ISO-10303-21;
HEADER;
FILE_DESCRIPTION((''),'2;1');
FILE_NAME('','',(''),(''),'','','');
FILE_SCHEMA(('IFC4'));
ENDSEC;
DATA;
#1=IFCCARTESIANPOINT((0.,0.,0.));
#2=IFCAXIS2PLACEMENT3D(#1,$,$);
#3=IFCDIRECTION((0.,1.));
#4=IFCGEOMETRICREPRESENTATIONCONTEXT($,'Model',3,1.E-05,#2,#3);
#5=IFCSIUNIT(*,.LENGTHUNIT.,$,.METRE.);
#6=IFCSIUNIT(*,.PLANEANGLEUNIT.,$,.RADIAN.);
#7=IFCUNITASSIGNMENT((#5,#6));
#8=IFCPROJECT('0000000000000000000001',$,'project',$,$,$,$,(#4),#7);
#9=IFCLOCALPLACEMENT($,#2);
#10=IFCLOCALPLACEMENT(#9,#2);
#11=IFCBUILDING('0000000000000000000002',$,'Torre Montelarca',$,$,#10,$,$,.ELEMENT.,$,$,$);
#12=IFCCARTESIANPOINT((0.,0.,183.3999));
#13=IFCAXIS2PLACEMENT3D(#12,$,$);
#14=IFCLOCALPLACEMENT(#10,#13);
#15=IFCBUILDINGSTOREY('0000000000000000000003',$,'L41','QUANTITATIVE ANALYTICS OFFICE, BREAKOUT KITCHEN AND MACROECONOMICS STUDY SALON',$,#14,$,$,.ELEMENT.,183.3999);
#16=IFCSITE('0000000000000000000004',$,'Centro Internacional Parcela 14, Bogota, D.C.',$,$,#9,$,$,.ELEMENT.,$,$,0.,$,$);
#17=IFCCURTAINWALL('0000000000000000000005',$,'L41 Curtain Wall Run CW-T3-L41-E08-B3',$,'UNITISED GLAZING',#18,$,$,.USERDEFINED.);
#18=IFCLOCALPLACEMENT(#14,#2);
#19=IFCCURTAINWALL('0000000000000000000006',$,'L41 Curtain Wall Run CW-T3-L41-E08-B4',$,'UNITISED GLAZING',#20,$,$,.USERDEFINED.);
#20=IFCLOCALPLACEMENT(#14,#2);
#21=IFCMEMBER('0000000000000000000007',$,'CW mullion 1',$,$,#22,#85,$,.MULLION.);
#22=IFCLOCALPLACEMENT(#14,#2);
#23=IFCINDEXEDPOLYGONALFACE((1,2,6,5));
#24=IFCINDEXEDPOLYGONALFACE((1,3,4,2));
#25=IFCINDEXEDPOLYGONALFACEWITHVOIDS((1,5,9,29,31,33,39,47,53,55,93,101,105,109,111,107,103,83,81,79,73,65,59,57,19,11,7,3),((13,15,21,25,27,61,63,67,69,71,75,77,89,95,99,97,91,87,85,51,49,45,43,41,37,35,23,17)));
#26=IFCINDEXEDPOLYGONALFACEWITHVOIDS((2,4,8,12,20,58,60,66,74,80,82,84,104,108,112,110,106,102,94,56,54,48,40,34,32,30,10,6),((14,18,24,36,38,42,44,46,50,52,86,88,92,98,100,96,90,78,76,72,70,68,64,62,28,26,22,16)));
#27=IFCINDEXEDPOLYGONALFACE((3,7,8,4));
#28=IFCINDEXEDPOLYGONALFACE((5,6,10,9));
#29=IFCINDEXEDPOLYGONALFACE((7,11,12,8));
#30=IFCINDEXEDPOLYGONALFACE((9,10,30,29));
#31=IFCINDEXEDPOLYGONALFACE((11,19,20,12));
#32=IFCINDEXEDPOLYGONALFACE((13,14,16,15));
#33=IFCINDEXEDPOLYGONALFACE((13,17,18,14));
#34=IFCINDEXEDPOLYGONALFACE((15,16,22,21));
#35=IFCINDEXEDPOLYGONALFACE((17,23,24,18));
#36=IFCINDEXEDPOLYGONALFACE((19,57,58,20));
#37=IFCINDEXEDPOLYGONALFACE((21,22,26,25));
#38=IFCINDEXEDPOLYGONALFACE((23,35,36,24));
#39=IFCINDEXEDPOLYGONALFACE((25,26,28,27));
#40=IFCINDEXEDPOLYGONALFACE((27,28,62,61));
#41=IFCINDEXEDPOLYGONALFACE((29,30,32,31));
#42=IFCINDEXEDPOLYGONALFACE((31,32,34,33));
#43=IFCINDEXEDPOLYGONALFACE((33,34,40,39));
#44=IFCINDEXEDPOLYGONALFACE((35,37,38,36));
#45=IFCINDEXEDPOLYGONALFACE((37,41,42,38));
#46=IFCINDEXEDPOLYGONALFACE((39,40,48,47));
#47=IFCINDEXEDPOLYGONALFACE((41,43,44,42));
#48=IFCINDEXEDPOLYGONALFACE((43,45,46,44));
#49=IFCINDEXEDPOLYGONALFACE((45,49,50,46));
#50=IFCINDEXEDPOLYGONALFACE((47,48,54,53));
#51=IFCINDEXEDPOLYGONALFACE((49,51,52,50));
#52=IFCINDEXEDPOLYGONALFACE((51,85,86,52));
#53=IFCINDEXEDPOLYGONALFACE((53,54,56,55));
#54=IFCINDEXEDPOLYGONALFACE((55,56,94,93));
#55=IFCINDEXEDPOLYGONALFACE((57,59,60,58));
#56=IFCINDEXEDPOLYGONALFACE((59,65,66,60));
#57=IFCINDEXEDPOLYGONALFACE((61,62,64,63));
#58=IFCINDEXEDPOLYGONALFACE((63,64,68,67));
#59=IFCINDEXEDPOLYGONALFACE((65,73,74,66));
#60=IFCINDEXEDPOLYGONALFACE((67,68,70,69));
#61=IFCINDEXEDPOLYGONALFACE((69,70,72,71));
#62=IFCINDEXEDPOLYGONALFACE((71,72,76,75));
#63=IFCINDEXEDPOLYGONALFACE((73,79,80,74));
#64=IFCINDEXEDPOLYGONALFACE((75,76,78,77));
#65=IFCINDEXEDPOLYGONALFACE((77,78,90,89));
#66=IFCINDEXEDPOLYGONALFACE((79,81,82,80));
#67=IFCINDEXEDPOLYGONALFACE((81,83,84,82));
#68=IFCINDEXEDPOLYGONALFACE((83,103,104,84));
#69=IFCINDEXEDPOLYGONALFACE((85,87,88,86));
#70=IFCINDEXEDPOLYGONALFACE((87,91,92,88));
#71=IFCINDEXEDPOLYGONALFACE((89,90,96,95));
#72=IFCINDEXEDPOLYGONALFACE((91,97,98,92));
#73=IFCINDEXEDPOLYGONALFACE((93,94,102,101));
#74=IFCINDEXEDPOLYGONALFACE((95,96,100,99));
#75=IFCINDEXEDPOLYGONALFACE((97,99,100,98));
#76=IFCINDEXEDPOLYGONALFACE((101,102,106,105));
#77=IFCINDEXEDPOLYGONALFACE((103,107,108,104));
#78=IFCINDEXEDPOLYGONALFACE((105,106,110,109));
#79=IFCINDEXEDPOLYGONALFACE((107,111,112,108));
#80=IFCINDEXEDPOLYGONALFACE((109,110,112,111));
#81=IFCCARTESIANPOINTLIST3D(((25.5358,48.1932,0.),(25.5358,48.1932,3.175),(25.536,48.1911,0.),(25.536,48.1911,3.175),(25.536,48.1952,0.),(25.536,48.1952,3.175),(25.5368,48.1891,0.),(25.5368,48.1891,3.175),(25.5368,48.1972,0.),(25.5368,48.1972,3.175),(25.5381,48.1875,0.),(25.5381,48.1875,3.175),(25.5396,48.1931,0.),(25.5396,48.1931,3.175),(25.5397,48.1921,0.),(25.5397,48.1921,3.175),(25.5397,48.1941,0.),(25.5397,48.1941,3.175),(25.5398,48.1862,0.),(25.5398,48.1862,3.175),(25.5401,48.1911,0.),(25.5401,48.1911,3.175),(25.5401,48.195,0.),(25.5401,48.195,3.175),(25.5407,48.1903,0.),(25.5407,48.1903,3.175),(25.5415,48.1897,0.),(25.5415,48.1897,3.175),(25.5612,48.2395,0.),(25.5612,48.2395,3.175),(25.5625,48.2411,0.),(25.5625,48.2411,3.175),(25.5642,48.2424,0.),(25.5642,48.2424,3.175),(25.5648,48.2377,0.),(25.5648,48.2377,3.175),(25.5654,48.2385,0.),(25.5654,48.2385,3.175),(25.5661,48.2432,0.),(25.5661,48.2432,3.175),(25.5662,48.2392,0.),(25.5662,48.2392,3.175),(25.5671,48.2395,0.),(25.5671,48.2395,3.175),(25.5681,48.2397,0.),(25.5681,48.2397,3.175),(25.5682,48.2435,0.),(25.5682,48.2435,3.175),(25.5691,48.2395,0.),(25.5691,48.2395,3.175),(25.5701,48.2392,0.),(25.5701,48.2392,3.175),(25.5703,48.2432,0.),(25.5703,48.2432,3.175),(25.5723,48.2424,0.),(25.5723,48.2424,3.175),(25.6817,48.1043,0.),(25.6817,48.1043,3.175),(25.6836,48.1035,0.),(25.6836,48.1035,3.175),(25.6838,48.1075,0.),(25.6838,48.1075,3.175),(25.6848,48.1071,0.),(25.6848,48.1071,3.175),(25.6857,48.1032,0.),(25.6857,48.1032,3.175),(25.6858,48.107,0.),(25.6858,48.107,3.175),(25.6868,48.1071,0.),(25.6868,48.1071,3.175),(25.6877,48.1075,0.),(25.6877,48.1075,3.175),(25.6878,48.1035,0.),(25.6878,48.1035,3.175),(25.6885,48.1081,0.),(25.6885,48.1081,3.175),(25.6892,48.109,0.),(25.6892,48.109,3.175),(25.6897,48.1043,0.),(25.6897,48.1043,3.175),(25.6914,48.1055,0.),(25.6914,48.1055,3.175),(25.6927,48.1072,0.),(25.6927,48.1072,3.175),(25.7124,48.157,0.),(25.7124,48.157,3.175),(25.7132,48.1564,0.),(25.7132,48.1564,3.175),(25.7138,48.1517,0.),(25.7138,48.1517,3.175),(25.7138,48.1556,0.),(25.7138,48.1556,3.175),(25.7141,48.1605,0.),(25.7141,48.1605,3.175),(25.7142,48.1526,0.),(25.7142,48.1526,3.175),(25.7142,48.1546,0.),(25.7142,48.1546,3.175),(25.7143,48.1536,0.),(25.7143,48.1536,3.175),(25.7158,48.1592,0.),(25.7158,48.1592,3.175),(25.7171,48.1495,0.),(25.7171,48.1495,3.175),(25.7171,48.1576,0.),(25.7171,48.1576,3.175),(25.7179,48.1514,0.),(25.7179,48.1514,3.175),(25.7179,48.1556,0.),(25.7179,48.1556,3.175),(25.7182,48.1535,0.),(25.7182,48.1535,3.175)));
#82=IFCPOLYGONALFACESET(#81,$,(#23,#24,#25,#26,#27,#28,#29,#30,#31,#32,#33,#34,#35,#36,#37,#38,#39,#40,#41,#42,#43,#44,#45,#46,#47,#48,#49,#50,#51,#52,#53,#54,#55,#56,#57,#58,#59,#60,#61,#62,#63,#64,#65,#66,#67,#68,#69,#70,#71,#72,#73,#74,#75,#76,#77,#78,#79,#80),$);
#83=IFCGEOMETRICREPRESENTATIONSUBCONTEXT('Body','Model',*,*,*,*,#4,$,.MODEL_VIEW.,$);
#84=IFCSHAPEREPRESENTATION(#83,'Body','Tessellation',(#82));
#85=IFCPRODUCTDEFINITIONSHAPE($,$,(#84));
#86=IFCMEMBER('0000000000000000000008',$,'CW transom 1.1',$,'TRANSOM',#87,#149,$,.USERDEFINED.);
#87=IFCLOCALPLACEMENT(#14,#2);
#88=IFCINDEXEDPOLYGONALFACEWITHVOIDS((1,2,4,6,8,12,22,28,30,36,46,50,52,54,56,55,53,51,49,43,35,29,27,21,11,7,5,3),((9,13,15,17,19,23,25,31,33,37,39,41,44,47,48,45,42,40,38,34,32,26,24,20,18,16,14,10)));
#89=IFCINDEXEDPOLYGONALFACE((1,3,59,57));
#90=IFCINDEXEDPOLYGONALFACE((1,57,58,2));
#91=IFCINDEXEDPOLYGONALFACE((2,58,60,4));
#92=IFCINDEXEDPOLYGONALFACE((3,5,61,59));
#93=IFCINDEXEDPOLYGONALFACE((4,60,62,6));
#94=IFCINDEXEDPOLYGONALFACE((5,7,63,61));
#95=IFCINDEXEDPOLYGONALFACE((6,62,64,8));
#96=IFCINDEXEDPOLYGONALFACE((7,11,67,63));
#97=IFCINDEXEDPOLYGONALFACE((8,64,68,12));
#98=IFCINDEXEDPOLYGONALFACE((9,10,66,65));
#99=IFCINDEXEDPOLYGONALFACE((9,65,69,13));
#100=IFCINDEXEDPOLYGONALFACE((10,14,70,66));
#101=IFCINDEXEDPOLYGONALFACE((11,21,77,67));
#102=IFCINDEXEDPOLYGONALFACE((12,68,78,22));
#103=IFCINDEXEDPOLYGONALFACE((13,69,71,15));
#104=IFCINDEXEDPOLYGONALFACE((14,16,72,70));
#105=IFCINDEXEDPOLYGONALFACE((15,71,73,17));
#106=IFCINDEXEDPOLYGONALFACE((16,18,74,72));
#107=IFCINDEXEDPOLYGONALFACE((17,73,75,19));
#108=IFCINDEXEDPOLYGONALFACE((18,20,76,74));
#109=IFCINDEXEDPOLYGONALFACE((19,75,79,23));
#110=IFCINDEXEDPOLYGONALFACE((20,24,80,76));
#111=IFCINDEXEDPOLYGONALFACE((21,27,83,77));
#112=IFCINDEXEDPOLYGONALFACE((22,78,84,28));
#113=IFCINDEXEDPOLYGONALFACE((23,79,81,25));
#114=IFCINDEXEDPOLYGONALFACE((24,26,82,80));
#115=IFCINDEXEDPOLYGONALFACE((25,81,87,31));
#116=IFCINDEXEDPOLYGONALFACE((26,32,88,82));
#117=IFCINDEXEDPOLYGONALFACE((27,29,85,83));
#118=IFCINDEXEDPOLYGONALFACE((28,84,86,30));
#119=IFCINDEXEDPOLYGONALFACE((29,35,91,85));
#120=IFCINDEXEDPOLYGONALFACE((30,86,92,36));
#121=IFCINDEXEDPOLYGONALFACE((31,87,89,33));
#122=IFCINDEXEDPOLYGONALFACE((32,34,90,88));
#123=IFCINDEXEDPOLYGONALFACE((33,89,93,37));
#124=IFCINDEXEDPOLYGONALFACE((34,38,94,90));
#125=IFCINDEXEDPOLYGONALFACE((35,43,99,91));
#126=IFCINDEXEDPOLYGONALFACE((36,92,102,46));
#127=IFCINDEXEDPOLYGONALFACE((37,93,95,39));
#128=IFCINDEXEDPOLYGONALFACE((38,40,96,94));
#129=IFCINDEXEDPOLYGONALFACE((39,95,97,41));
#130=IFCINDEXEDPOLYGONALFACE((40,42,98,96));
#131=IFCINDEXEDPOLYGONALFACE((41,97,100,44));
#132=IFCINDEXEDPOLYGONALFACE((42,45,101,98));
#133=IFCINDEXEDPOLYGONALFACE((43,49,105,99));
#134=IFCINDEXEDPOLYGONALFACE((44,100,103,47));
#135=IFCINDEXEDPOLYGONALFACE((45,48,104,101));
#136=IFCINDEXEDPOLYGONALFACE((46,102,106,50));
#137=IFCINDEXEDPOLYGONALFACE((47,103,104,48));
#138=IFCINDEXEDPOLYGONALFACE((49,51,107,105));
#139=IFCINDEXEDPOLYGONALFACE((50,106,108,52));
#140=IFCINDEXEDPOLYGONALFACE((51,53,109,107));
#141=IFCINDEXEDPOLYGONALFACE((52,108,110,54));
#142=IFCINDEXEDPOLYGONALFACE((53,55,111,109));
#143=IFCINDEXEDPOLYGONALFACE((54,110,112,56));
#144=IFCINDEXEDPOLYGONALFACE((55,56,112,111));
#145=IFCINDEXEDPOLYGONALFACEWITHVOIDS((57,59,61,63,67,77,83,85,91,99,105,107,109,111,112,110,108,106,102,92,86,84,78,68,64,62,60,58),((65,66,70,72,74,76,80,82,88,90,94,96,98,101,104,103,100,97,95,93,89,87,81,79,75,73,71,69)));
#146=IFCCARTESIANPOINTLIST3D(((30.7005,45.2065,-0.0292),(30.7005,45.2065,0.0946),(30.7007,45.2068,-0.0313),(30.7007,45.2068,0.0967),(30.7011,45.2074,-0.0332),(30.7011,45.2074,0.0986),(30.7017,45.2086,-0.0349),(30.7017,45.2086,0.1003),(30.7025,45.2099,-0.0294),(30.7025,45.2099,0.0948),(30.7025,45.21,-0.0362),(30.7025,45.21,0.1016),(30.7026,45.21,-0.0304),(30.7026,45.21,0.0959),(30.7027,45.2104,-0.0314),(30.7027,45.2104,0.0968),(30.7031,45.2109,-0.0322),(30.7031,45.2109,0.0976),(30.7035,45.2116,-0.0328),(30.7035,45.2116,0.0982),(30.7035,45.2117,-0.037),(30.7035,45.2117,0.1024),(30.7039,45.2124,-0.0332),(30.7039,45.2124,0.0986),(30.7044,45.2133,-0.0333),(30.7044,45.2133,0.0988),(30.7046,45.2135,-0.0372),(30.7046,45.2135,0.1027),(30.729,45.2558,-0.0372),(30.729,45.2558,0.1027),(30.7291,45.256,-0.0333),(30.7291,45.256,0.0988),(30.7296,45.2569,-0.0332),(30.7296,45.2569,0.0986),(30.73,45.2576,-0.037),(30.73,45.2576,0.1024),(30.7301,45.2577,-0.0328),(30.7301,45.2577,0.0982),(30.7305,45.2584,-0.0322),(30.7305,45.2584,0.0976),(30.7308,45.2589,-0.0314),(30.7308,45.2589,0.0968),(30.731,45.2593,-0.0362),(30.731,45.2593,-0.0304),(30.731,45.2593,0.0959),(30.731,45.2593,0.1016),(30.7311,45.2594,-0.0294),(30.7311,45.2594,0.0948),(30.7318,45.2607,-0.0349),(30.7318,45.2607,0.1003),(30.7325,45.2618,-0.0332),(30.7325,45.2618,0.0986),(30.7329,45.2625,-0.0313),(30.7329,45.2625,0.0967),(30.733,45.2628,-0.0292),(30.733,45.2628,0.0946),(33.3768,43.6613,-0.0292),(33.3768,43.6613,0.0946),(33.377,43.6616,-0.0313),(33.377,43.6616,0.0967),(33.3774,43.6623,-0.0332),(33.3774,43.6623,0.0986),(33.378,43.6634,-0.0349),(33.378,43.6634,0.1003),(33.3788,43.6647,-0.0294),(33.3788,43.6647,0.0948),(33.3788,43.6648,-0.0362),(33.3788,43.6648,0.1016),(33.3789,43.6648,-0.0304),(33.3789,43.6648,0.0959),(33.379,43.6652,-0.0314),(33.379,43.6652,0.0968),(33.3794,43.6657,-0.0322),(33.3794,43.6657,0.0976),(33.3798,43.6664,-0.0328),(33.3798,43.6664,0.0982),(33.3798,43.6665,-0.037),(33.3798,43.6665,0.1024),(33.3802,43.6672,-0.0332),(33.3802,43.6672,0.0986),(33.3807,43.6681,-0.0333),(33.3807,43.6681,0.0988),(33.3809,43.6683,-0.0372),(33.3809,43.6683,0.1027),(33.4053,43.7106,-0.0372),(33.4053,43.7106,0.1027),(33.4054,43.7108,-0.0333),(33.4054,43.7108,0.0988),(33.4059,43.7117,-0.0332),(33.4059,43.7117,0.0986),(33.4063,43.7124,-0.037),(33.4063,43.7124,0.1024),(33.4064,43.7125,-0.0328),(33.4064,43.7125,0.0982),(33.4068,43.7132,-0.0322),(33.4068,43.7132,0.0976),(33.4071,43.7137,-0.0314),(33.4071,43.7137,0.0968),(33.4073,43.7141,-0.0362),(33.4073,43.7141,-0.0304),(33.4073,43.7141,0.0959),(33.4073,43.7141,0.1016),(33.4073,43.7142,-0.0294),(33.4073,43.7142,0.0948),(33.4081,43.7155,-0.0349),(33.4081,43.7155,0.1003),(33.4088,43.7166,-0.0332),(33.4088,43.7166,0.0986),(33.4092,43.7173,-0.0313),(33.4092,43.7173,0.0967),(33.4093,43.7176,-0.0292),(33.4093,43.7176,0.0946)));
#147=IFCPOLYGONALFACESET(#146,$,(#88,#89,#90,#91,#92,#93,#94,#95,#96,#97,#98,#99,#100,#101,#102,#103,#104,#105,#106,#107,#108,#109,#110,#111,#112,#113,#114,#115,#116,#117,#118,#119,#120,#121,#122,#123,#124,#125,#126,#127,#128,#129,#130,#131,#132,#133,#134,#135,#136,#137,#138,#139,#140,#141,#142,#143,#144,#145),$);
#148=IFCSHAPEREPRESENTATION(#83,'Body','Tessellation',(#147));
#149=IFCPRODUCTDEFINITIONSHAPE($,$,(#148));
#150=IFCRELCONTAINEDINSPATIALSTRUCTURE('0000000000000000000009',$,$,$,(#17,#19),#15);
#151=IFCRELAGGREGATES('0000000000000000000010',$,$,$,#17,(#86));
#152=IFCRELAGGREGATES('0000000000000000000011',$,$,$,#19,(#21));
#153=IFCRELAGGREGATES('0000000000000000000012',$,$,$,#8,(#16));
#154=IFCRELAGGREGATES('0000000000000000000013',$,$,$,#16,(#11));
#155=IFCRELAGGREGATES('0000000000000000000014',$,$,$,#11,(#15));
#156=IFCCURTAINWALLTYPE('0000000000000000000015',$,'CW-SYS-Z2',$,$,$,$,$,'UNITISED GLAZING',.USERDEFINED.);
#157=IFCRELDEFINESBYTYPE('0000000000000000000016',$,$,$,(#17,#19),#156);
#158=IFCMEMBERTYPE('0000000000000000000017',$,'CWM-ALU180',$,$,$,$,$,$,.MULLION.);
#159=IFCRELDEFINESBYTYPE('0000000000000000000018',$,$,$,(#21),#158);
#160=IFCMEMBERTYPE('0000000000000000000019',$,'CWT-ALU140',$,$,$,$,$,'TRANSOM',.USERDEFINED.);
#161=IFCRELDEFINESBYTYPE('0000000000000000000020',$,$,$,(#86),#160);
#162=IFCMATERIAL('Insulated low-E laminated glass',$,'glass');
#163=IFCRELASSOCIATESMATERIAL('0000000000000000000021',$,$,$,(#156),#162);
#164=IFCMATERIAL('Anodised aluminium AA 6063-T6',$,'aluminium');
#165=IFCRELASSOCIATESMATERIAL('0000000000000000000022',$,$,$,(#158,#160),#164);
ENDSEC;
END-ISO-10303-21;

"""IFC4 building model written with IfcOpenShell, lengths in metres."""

from ifc_helpers import new_model, si_unit, direction, frame, origin, origin_2d, place, context, subcontext, project, spatial, hollow_rectangle, extrude, source, transform, mapped, material, material_profile, profile_set, type_object, element, aggregate, save


model = new_model("IFC4")

# Units and contexts
model_context = context("Model", 3, precision=1e-05, world=origin(), true_north=direction((0.0, 1.0)))
body_context = subcontext(model_context, "Body", "Model", "MODEL_VIEW")
ifc_project = project(units=[si_unit("LENGTHUNIT", "METRE"), si_unit("PLANEANGLEUNIT", "RADIAN")], contexts=[model_context])

# Site, building, storey
site_placement = place(None, origin())
site = spatial("IfcSite", under=ifc_project, at=site_placement, Name="Centro Internacional Parcela 14, Bogota, D.C.", CompositionType="ELEMENT", RefElevation=0.0)
building_placement = place(site_placement, origin())
building = spatial("IfcBuilding", under=site, at=building_placement, Name="Torre Montelarca", CompositionType="ELEMENT")
storey_placement = place(building_placement, frame((0.0, 0.0, 183.3999)))
storey = spatial("IfcBuildingStorey", under=building, at=storey_placement, Name="L41", Description="QUANTITATIVE ANALYTICS OFFICE, BREAKOUT KITCHEN AND MACROECONOMICS STUDY SALON", CompositionType="ELEMENT", Elevation=183.3999)

# Shared definitions
ifc_material_1 = material(Name="Insulated low-E laminated glass", Category="glass")
curtain_wall_type = type_object("IfcCurtainWallType", Name="CW-SYS-Z2", ElementType="UNITISED GLAZING", PredefinedType="USERDEFINED", material=ifc_material_1)
ifc_material_2 = material(Name="Anodised aluminium AA 6063-T6", Category="aluminium")
ifc_material_profile_1 = material_profile(ifc_material_2, hollow_rectangle(XDim=0.0649, YDim=0.1799, WallThickness=0.0039, InnerFilletRadius=0.0039, OuterFilletRadius=0.0081, at=origin_2d()), Name="ALU65X180X4", Category="aluminium")
ifc_profile_set_1 = profile_set([ifc_material_profile_1], Name="Anodised aluminium AA 6063-T6")
member_type_1 = type_object("IfcMemberType", Name="CWM-ALU180", PredefinedType="MULLION", material=ifc_profile_set_1)
shared_shape_1 = source(origin(), body_context, "Body", "SweptSolid", [
    extrude(hollow_rectangle(XDim=0.0649, YDim=0.1799, WallThickness=0.0039, InnerFilletRadius=0.0039, OuterFilletRadius=0.0081, at=origin_2d()), origin(), (0.0, 0.0, 1.0), 3.175),
])

# Curtain wall
curtain_wall_1_placement = place(storey_placement, origin())
curtain_wall_1 = element("IfcCurtainWall", 1, at=curtain_wall_1_placement, inside=storey, type_object=curtain_wall_type, Name="L41 Curtain Wall Run CW-T3-L41-E08-B3", ObjectType="UNITISED GLAZING", PredefinedType="USERDEFINED")

# Curtain wall, member
curtain_wall_2_placement = place(storey_placement, origin())
curtain_wall_2 = element("IfcCurtainWall", 2, at=curtain_wall_2_placement, inside=storey, type_object=curtain_wall_type, Name="L41 Curtain Wall Run CW-T3-L41-E08-B4", ObjectType="UNITISED GLAZING", PredefinedType="USERDEFINED")
member_1_placement = place(storey_placement, frame((25.627, 48.1733, 0.0), z_axis=(0.0, 0.0, 1.0), x_axis=(-0.499997, -0.866027, 0.0)))
member_1 = element("IfcMember", 3, at=member_1_placement, type_object=member_type_1, Name="CW mullion 1", PredefinedType="MULLION", context=body_context, shape_type="MappedRepresentation", body=[
    mapped(shared_shape_1, transform((0.0, 0.0, 0.0), scale=1.0)),
])

# Member
ifc_material_profile_2 = material_profile(ifc_material_2, hollow_rectangle(XDim=0.0649, YDim=0.1399, WallThickness=0.0039, InnerFilletRadius=0.0039, OuterFilletRadius=0.0081, at=origin_2d()), Name="ALU65X140X4", Category="aluminium")
ifc_profile_set_2 = profile_set([ifc_material_profile_2], Name="Anodised aluminium AA 6063-T6")
member_type_2 = type_object("IfcMemberType", Name="CWT-ALU140", ElementType="TRANSOM", PredefinedType="USERDEFINED", material=ifc_profile_set_2)
shared_shape_2 = source(origin(), body_context, "Body", "SweptSolid", [
    extrude(hollow_rectangle(XDim=0.0649, YDim=0.1399, WallThickness=0.0039, InnerFilletRadius=0.0039, OuterFilletRadius=0.0081, at=origin_2d()), origin(), (0.0, 0.0, 1.0), 3.0903),
])
member_2_placement = place(storey_placement, frame((33.3931, 43.6895, 0.0327), z_axis=(-0.866022, 0.500005, 0.0), x_axis=(-0.500005, -0.866022, 0.0)))
member_2 = element("IfcMember", 4, at=member_2_placement, type_object=member_type_2, Name="CW transom 1.1", ObjectType="TRANSOM", PredefinedType="USERDEFINED", context=body_context, shape_type="MappedRepresentation", body=[
    mapped(shared_shape_2, transform((0.0, 0.0, 0.0), scale=1.0)),
])

aggregate(curtain_wall_1, [member_2])
aggregate(curtain_wall_2, [member_1])

save(model, "model.ifc")
